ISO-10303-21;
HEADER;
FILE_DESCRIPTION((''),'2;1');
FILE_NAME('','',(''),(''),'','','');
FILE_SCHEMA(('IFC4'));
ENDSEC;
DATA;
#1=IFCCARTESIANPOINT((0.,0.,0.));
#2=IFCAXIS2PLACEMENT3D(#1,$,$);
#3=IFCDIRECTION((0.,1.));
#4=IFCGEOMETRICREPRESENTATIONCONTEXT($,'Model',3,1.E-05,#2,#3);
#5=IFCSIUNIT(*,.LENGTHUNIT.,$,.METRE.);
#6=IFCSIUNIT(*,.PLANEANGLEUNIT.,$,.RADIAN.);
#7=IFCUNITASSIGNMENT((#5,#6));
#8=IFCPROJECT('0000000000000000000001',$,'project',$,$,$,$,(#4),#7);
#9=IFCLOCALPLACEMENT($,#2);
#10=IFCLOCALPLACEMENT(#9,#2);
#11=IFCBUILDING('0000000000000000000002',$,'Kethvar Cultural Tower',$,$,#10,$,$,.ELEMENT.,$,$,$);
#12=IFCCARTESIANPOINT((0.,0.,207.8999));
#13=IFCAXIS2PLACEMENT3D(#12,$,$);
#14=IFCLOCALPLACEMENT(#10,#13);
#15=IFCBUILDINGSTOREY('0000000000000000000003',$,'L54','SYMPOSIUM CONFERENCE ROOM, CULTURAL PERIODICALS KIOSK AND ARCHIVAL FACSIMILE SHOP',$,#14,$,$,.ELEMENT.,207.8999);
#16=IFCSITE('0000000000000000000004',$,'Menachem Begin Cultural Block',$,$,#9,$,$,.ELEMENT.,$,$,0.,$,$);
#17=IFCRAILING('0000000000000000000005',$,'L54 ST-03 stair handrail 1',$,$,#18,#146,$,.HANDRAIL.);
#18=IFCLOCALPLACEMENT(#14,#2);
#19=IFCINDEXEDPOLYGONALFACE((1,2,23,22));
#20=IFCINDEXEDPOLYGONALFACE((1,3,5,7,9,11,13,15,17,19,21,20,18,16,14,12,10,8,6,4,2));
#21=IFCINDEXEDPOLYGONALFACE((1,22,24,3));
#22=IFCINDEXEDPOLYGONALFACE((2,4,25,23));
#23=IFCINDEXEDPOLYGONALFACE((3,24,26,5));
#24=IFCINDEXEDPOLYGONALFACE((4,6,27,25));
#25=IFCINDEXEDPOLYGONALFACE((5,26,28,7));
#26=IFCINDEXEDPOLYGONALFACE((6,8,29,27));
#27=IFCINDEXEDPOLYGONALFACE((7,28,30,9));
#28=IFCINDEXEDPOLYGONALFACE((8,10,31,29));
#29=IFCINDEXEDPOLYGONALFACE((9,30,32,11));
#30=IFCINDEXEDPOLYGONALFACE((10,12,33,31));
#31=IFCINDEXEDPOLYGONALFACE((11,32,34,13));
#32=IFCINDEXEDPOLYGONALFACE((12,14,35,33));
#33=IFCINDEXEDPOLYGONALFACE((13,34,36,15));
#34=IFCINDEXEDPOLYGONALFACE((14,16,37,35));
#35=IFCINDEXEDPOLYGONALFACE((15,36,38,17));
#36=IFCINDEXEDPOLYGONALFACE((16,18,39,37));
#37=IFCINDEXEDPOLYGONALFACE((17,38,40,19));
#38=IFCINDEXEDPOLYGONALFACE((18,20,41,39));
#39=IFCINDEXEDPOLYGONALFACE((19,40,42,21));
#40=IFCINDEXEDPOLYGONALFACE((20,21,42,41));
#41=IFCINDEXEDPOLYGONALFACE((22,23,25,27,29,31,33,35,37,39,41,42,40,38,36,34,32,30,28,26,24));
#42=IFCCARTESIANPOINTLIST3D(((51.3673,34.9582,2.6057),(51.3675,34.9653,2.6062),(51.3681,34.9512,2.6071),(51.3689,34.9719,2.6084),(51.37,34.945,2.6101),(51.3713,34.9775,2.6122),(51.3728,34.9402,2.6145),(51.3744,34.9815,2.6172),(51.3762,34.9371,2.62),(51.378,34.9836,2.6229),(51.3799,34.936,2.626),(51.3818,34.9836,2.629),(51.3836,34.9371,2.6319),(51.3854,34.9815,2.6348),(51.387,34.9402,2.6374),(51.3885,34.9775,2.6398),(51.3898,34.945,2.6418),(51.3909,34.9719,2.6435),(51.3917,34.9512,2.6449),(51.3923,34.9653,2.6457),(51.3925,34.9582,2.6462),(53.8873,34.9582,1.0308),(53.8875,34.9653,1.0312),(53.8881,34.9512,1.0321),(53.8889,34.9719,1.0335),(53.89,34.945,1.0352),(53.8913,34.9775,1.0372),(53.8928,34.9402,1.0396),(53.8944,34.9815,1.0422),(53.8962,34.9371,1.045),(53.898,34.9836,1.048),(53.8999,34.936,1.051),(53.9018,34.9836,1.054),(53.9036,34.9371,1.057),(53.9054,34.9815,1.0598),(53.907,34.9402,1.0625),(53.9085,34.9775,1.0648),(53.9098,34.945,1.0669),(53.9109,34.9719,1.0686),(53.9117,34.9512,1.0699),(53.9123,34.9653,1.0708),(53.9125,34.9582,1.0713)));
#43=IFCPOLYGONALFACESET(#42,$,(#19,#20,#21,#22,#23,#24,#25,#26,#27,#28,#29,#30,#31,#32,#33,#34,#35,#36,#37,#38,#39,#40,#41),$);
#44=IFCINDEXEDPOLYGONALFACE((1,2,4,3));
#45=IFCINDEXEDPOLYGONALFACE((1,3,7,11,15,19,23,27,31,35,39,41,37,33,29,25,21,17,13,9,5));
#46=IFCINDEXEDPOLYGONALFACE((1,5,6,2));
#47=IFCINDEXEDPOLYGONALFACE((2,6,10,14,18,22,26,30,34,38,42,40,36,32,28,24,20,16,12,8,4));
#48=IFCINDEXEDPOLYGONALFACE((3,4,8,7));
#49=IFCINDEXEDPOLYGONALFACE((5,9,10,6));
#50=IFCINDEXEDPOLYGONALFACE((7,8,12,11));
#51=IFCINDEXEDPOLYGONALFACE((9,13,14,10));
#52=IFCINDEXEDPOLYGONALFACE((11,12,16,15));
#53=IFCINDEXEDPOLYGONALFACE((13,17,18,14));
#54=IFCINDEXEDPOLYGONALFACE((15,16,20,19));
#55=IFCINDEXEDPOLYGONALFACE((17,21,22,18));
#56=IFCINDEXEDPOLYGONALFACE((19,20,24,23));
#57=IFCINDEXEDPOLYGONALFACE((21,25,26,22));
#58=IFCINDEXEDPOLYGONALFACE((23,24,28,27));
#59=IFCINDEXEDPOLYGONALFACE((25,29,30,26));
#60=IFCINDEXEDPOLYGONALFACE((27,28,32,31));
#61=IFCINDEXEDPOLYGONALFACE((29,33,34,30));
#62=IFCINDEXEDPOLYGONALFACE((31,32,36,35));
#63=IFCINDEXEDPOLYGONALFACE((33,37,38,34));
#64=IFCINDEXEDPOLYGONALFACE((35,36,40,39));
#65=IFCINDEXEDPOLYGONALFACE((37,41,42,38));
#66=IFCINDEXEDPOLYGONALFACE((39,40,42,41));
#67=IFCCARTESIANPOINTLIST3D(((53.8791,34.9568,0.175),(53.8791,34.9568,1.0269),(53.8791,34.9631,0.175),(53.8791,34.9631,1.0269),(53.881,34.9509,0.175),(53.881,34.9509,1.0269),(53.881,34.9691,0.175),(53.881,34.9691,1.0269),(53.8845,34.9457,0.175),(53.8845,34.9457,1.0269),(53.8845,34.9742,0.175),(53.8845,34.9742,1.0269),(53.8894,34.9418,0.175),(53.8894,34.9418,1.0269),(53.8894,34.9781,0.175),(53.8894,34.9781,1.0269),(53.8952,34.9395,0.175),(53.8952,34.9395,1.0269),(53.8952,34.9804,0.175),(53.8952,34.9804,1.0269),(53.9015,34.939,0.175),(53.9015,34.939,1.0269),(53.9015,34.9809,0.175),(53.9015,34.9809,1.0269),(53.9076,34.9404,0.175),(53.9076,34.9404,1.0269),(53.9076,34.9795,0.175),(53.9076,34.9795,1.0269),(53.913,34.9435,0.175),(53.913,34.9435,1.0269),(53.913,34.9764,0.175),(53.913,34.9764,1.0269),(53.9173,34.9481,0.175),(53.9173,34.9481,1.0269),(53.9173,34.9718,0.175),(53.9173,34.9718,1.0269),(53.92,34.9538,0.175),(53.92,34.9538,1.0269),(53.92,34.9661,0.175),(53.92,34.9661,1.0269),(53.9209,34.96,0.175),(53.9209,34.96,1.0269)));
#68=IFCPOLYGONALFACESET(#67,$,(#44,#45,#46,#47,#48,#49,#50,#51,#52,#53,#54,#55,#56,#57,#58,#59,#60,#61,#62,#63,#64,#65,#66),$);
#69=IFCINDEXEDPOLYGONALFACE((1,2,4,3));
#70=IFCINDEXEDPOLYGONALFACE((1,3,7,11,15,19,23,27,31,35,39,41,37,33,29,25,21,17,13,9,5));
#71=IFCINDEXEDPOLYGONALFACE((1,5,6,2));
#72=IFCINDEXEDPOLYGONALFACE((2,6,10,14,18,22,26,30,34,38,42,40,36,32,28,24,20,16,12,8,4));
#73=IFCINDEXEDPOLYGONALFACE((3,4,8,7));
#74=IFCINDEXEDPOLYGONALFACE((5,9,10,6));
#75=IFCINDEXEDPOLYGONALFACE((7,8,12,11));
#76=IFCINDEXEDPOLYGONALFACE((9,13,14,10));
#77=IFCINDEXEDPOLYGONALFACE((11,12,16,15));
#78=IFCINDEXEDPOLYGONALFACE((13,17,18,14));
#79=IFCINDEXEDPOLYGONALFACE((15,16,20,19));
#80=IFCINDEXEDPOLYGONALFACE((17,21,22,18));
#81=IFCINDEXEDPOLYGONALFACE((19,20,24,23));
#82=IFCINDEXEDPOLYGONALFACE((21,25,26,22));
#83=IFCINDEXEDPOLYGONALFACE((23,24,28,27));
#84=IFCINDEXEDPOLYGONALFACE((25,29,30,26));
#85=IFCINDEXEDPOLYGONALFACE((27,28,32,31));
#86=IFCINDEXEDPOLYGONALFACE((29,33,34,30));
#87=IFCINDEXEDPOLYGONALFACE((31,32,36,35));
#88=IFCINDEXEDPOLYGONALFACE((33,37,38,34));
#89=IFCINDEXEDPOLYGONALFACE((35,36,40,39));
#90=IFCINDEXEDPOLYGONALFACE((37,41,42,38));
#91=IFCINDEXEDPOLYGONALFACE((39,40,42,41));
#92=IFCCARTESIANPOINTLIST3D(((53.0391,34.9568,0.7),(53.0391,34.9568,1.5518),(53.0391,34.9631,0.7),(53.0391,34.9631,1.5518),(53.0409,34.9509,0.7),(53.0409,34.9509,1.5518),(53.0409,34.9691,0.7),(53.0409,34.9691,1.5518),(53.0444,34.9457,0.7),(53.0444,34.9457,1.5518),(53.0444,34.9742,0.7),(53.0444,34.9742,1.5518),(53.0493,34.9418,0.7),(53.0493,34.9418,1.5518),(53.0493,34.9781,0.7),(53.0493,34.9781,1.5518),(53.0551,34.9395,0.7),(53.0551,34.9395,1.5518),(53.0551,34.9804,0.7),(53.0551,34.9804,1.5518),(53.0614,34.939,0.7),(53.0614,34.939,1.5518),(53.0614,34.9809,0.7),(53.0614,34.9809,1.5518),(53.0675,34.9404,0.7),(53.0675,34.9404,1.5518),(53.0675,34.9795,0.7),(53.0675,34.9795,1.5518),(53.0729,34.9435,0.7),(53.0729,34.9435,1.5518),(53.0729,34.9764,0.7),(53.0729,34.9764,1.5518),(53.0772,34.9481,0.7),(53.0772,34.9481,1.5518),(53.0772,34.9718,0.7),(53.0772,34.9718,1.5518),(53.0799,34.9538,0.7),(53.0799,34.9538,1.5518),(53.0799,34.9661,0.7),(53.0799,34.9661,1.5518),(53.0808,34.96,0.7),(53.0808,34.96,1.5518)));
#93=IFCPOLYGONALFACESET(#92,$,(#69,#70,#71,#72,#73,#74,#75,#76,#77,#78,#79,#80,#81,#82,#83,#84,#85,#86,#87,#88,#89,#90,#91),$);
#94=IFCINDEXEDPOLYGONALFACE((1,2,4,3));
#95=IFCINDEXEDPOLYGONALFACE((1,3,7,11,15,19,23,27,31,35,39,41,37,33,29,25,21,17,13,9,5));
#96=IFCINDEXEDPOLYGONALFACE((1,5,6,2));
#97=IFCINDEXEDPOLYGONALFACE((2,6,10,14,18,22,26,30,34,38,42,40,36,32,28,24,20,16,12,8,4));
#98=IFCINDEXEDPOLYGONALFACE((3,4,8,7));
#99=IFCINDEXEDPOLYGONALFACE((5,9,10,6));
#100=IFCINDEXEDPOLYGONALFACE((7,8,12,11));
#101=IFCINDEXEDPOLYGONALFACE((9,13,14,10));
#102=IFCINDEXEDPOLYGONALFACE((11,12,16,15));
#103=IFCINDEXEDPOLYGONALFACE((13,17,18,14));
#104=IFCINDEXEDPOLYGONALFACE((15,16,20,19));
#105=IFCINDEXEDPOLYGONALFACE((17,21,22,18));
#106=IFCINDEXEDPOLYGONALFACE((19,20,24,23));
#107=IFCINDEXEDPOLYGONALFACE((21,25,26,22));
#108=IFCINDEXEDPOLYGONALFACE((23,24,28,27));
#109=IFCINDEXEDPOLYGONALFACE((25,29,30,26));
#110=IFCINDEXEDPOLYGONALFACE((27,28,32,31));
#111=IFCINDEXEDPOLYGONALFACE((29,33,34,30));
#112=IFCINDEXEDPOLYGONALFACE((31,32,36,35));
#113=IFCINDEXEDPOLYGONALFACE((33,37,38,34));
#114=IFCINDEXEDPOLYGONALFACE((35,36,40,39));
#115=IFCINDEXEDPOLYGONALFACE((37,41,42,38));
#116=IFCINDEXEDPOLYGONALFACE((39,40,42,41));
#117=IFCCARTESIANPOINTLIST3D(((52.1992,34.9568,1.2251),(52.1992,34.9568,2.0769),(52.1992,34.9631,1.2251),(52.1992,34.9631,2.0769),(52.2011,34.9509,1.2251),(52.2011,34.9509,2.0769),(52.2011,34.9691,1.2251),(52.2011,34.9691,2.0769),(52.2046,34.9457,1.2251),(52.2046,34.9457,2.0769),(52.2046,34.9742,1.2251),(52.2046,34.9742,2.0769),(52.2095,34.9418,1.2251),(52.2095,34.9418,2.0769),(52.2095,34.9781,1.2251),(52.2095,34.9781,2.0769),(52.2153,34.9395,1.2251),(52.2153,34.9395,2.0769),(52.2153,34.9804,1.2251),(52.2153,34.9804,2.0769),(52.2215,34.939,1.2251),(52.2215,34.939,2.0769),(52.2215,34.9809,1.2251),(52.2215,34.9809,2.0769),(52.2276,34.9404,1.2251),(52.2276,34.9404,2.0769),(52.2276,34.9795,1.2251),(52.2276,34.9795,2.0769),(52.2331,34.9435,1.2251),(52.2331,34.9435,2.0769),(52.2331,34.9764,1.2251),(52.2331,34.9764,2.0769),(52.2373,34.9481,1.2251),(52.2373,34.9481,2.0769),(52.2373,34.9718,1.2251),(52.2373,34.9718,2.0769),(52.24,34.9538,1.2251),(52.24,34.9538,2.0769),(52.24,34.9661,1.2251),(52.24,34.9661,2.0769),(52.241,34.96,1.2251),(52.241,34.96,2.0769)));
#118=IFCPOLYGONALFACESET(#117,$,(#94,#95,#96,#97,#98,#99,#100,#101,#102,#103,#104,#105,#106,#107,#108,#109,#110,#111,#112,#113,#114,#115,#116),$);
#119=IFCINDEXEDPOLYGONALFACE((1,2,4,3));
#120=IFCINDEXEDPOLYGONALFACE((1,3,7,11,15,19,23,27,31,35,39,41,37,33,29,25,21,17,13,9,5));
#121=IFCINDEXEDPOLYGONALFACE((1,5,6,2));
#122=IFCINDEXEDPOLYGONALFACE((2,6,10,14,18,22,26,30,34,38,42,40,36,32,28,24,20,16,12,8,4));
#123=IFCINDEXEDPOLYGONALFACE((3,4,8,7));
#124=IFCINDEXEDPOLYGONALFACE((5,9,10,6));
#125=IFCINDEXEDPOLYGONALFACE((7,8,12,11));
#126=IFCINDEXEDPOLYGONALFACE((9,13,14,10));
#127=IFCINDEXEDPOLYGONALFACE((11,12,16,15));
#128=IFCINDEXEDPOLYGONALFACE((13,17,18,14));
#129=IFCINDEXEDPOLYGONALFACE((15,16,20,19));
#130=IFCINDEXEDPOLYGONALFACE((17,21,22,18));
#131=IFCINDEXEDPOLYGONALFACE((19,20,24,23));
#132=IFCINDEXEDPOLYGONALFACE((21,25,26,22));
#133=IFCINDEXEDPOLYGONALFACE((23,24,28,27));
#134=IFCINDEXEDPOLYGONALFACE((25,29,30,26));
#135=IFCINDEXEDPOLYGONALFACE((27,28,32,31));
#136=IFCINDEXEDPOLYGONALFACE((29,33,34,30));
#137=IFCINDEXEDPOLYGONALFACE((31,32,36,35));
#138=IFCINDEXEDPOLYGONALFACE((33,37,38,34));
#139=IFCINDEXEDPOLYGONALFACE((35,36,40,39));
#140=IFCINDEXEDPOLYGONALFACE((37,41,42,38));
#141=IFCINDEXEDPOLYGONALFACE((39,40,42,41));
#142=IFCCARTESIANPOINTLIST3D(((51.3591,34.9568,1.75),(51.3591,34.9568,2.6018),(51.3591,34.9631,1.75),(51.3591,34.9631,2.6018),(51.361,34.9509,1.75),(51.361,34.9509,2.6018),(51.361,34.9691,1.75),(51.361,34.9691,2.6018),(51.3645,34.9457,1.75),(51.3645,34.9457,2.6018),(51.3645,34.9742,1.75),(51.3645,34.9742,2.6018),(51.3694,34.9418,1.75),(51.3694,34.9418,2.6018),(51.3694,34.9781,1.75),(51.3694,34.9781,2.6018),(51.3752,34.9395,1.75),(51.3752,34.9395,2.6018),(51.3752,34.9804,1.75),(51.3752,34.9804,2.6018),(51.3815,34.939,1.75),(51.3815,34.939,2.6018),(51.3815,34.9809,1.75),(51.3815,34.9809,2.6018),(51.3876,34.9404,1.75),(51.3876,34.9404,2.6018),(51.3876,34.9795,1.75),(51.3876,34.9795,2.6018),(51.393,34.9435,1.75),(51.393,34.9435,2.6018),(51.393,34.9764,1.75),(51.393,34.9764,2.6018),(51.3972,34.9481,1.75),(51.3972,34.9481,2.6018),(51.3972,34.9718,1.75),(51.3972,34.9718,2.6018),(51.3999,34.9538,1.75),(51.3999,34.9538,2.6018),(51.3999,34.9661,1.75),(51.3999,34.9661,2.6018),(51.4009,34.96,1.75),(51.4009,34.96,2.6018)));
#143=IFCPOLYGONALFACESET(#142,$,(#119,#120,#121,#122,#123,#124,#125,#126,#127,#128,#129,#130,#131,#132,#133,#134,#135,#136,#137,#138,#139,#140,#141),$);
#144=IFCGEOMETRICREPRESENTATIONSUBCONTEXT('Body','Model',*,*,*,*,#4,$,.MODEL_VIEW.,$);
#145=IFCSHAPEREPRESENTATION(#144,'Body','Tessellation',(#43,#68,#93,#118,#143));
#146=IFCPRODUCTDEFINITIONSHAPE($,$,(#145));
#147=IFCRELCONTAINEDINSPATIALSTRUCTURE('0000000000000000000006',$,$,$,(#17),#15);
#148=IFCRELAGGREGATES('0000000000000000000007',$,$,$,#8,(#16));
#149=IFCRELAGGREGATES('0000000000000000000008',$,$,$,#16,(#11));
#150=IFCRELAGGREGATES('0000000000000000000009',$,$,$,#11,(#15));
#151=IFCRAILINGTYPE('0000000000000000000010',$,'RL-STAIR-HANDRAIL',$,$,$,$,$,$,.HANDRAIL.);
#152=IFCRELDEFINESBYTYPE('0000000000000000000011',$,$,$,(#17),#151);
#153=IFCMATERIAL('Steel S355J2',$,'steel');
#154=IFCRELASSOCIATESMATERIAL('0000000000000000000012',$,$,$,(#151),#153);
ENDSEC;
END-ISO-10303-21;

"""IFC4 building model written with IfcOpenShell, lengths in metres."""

from ifc_helpers import new_model, si_unit, direction, frame, origin, origin_2d, place, context, subcontext, project, spatial, circle, extrude, material, type_object, element, save


model = new_model("IFC4")

# Units and contexts
model_context = context("Model", 3, precision=1e-05, world=origin(), true_north=direction((0.0, 1.0)))
body_context = subcontext(model_context, "Body", "Model", "MODEL_VIEW")
ifc_project = project(units=[si_unit("LENGTHUNIT", "METRE"), si_unit("PLANEANGLEUNIT", "RADIAN")], contexts=[model_context])

# Site, building, storey
site_placement = place(None, origin())
site = spatial("IfcSite", under=ifc_project, at=site_placement, Name="Menachem Begin Cultural Block", CompositionType="ELEMENT", RefElevation=0.0)
building_placement = place(site_placement, origin())
building = spatial("IfcBuilding", under=site, at=building_placement, Name="Kethvar Cultural Tower", CompositionType="ELEMENT")
storey_placement = place(building_placement, frame((0.0, 0.0, 207.8999)))
storey = spatial("IfcBuildingStorey", under=building, at=storey_placement, Name="L54", Description="SYMPOSIUM CONFERENCE ROOM, CULTURAL PERIODICALS KIOSK AND ARCHIVAL FACSIMILE SHOP", CompositionType="ELEMENT", Elevation=207.8999)

# Shared definitions
ifc_material_1 = material(Name="Steel S355J2", Category="steel")

# Railing
railing_type_1 = type_object("IfcRailingType", Name="RL-STAIR-HANDRAIL", PredefinedType="HANDRAIL", material=ifc_material_1)
railing_1_placement = place(storey_placement, frame((53.8999, 34.96, 0.175)))
element("IfcRailing", 1, at=railing_1_placement, inside=storey, type_object=railing_type_1, Name="L54 ST-03 stair handrail 1", PredefinedType="HANDRAIL", context=body_context, shape_type="SweptSolid", body=[
    extrude(circle(Radius=0.0239, at=origin_2d()), frame((0.0, 0.0, 0.876), z_axis=(-0.848008, 0.0, 0.529984), x_axis=(0.0, -1.0, 0.0)), (0.0, 0.0, 1.0), 2.9717),
    extrude(circle(Radius=0.021, at=origin_2d()), origin(), (0.0, 0.0, 1.0), 0.8518),
    extrude(circle(Radius=0.021, at=origin_2d()), frame((-0.8401, 0.0, 0.5249)), (0.0, 0.0, 1.0), 0.8518),
    extrude(circle(Radius=0.021, at=origin_2d()), frame((-1.6799, 0.0, 1.05)), (0.0, 0.0, 1.0), 0.8518),
    extrude(circle(Radius=0.021, at=origin_2d()), frame((-2.52, 0.0, 1.575)), (0.0, 0.0, 1.0), 0.8518),
])

save(model, "model.ifc")
